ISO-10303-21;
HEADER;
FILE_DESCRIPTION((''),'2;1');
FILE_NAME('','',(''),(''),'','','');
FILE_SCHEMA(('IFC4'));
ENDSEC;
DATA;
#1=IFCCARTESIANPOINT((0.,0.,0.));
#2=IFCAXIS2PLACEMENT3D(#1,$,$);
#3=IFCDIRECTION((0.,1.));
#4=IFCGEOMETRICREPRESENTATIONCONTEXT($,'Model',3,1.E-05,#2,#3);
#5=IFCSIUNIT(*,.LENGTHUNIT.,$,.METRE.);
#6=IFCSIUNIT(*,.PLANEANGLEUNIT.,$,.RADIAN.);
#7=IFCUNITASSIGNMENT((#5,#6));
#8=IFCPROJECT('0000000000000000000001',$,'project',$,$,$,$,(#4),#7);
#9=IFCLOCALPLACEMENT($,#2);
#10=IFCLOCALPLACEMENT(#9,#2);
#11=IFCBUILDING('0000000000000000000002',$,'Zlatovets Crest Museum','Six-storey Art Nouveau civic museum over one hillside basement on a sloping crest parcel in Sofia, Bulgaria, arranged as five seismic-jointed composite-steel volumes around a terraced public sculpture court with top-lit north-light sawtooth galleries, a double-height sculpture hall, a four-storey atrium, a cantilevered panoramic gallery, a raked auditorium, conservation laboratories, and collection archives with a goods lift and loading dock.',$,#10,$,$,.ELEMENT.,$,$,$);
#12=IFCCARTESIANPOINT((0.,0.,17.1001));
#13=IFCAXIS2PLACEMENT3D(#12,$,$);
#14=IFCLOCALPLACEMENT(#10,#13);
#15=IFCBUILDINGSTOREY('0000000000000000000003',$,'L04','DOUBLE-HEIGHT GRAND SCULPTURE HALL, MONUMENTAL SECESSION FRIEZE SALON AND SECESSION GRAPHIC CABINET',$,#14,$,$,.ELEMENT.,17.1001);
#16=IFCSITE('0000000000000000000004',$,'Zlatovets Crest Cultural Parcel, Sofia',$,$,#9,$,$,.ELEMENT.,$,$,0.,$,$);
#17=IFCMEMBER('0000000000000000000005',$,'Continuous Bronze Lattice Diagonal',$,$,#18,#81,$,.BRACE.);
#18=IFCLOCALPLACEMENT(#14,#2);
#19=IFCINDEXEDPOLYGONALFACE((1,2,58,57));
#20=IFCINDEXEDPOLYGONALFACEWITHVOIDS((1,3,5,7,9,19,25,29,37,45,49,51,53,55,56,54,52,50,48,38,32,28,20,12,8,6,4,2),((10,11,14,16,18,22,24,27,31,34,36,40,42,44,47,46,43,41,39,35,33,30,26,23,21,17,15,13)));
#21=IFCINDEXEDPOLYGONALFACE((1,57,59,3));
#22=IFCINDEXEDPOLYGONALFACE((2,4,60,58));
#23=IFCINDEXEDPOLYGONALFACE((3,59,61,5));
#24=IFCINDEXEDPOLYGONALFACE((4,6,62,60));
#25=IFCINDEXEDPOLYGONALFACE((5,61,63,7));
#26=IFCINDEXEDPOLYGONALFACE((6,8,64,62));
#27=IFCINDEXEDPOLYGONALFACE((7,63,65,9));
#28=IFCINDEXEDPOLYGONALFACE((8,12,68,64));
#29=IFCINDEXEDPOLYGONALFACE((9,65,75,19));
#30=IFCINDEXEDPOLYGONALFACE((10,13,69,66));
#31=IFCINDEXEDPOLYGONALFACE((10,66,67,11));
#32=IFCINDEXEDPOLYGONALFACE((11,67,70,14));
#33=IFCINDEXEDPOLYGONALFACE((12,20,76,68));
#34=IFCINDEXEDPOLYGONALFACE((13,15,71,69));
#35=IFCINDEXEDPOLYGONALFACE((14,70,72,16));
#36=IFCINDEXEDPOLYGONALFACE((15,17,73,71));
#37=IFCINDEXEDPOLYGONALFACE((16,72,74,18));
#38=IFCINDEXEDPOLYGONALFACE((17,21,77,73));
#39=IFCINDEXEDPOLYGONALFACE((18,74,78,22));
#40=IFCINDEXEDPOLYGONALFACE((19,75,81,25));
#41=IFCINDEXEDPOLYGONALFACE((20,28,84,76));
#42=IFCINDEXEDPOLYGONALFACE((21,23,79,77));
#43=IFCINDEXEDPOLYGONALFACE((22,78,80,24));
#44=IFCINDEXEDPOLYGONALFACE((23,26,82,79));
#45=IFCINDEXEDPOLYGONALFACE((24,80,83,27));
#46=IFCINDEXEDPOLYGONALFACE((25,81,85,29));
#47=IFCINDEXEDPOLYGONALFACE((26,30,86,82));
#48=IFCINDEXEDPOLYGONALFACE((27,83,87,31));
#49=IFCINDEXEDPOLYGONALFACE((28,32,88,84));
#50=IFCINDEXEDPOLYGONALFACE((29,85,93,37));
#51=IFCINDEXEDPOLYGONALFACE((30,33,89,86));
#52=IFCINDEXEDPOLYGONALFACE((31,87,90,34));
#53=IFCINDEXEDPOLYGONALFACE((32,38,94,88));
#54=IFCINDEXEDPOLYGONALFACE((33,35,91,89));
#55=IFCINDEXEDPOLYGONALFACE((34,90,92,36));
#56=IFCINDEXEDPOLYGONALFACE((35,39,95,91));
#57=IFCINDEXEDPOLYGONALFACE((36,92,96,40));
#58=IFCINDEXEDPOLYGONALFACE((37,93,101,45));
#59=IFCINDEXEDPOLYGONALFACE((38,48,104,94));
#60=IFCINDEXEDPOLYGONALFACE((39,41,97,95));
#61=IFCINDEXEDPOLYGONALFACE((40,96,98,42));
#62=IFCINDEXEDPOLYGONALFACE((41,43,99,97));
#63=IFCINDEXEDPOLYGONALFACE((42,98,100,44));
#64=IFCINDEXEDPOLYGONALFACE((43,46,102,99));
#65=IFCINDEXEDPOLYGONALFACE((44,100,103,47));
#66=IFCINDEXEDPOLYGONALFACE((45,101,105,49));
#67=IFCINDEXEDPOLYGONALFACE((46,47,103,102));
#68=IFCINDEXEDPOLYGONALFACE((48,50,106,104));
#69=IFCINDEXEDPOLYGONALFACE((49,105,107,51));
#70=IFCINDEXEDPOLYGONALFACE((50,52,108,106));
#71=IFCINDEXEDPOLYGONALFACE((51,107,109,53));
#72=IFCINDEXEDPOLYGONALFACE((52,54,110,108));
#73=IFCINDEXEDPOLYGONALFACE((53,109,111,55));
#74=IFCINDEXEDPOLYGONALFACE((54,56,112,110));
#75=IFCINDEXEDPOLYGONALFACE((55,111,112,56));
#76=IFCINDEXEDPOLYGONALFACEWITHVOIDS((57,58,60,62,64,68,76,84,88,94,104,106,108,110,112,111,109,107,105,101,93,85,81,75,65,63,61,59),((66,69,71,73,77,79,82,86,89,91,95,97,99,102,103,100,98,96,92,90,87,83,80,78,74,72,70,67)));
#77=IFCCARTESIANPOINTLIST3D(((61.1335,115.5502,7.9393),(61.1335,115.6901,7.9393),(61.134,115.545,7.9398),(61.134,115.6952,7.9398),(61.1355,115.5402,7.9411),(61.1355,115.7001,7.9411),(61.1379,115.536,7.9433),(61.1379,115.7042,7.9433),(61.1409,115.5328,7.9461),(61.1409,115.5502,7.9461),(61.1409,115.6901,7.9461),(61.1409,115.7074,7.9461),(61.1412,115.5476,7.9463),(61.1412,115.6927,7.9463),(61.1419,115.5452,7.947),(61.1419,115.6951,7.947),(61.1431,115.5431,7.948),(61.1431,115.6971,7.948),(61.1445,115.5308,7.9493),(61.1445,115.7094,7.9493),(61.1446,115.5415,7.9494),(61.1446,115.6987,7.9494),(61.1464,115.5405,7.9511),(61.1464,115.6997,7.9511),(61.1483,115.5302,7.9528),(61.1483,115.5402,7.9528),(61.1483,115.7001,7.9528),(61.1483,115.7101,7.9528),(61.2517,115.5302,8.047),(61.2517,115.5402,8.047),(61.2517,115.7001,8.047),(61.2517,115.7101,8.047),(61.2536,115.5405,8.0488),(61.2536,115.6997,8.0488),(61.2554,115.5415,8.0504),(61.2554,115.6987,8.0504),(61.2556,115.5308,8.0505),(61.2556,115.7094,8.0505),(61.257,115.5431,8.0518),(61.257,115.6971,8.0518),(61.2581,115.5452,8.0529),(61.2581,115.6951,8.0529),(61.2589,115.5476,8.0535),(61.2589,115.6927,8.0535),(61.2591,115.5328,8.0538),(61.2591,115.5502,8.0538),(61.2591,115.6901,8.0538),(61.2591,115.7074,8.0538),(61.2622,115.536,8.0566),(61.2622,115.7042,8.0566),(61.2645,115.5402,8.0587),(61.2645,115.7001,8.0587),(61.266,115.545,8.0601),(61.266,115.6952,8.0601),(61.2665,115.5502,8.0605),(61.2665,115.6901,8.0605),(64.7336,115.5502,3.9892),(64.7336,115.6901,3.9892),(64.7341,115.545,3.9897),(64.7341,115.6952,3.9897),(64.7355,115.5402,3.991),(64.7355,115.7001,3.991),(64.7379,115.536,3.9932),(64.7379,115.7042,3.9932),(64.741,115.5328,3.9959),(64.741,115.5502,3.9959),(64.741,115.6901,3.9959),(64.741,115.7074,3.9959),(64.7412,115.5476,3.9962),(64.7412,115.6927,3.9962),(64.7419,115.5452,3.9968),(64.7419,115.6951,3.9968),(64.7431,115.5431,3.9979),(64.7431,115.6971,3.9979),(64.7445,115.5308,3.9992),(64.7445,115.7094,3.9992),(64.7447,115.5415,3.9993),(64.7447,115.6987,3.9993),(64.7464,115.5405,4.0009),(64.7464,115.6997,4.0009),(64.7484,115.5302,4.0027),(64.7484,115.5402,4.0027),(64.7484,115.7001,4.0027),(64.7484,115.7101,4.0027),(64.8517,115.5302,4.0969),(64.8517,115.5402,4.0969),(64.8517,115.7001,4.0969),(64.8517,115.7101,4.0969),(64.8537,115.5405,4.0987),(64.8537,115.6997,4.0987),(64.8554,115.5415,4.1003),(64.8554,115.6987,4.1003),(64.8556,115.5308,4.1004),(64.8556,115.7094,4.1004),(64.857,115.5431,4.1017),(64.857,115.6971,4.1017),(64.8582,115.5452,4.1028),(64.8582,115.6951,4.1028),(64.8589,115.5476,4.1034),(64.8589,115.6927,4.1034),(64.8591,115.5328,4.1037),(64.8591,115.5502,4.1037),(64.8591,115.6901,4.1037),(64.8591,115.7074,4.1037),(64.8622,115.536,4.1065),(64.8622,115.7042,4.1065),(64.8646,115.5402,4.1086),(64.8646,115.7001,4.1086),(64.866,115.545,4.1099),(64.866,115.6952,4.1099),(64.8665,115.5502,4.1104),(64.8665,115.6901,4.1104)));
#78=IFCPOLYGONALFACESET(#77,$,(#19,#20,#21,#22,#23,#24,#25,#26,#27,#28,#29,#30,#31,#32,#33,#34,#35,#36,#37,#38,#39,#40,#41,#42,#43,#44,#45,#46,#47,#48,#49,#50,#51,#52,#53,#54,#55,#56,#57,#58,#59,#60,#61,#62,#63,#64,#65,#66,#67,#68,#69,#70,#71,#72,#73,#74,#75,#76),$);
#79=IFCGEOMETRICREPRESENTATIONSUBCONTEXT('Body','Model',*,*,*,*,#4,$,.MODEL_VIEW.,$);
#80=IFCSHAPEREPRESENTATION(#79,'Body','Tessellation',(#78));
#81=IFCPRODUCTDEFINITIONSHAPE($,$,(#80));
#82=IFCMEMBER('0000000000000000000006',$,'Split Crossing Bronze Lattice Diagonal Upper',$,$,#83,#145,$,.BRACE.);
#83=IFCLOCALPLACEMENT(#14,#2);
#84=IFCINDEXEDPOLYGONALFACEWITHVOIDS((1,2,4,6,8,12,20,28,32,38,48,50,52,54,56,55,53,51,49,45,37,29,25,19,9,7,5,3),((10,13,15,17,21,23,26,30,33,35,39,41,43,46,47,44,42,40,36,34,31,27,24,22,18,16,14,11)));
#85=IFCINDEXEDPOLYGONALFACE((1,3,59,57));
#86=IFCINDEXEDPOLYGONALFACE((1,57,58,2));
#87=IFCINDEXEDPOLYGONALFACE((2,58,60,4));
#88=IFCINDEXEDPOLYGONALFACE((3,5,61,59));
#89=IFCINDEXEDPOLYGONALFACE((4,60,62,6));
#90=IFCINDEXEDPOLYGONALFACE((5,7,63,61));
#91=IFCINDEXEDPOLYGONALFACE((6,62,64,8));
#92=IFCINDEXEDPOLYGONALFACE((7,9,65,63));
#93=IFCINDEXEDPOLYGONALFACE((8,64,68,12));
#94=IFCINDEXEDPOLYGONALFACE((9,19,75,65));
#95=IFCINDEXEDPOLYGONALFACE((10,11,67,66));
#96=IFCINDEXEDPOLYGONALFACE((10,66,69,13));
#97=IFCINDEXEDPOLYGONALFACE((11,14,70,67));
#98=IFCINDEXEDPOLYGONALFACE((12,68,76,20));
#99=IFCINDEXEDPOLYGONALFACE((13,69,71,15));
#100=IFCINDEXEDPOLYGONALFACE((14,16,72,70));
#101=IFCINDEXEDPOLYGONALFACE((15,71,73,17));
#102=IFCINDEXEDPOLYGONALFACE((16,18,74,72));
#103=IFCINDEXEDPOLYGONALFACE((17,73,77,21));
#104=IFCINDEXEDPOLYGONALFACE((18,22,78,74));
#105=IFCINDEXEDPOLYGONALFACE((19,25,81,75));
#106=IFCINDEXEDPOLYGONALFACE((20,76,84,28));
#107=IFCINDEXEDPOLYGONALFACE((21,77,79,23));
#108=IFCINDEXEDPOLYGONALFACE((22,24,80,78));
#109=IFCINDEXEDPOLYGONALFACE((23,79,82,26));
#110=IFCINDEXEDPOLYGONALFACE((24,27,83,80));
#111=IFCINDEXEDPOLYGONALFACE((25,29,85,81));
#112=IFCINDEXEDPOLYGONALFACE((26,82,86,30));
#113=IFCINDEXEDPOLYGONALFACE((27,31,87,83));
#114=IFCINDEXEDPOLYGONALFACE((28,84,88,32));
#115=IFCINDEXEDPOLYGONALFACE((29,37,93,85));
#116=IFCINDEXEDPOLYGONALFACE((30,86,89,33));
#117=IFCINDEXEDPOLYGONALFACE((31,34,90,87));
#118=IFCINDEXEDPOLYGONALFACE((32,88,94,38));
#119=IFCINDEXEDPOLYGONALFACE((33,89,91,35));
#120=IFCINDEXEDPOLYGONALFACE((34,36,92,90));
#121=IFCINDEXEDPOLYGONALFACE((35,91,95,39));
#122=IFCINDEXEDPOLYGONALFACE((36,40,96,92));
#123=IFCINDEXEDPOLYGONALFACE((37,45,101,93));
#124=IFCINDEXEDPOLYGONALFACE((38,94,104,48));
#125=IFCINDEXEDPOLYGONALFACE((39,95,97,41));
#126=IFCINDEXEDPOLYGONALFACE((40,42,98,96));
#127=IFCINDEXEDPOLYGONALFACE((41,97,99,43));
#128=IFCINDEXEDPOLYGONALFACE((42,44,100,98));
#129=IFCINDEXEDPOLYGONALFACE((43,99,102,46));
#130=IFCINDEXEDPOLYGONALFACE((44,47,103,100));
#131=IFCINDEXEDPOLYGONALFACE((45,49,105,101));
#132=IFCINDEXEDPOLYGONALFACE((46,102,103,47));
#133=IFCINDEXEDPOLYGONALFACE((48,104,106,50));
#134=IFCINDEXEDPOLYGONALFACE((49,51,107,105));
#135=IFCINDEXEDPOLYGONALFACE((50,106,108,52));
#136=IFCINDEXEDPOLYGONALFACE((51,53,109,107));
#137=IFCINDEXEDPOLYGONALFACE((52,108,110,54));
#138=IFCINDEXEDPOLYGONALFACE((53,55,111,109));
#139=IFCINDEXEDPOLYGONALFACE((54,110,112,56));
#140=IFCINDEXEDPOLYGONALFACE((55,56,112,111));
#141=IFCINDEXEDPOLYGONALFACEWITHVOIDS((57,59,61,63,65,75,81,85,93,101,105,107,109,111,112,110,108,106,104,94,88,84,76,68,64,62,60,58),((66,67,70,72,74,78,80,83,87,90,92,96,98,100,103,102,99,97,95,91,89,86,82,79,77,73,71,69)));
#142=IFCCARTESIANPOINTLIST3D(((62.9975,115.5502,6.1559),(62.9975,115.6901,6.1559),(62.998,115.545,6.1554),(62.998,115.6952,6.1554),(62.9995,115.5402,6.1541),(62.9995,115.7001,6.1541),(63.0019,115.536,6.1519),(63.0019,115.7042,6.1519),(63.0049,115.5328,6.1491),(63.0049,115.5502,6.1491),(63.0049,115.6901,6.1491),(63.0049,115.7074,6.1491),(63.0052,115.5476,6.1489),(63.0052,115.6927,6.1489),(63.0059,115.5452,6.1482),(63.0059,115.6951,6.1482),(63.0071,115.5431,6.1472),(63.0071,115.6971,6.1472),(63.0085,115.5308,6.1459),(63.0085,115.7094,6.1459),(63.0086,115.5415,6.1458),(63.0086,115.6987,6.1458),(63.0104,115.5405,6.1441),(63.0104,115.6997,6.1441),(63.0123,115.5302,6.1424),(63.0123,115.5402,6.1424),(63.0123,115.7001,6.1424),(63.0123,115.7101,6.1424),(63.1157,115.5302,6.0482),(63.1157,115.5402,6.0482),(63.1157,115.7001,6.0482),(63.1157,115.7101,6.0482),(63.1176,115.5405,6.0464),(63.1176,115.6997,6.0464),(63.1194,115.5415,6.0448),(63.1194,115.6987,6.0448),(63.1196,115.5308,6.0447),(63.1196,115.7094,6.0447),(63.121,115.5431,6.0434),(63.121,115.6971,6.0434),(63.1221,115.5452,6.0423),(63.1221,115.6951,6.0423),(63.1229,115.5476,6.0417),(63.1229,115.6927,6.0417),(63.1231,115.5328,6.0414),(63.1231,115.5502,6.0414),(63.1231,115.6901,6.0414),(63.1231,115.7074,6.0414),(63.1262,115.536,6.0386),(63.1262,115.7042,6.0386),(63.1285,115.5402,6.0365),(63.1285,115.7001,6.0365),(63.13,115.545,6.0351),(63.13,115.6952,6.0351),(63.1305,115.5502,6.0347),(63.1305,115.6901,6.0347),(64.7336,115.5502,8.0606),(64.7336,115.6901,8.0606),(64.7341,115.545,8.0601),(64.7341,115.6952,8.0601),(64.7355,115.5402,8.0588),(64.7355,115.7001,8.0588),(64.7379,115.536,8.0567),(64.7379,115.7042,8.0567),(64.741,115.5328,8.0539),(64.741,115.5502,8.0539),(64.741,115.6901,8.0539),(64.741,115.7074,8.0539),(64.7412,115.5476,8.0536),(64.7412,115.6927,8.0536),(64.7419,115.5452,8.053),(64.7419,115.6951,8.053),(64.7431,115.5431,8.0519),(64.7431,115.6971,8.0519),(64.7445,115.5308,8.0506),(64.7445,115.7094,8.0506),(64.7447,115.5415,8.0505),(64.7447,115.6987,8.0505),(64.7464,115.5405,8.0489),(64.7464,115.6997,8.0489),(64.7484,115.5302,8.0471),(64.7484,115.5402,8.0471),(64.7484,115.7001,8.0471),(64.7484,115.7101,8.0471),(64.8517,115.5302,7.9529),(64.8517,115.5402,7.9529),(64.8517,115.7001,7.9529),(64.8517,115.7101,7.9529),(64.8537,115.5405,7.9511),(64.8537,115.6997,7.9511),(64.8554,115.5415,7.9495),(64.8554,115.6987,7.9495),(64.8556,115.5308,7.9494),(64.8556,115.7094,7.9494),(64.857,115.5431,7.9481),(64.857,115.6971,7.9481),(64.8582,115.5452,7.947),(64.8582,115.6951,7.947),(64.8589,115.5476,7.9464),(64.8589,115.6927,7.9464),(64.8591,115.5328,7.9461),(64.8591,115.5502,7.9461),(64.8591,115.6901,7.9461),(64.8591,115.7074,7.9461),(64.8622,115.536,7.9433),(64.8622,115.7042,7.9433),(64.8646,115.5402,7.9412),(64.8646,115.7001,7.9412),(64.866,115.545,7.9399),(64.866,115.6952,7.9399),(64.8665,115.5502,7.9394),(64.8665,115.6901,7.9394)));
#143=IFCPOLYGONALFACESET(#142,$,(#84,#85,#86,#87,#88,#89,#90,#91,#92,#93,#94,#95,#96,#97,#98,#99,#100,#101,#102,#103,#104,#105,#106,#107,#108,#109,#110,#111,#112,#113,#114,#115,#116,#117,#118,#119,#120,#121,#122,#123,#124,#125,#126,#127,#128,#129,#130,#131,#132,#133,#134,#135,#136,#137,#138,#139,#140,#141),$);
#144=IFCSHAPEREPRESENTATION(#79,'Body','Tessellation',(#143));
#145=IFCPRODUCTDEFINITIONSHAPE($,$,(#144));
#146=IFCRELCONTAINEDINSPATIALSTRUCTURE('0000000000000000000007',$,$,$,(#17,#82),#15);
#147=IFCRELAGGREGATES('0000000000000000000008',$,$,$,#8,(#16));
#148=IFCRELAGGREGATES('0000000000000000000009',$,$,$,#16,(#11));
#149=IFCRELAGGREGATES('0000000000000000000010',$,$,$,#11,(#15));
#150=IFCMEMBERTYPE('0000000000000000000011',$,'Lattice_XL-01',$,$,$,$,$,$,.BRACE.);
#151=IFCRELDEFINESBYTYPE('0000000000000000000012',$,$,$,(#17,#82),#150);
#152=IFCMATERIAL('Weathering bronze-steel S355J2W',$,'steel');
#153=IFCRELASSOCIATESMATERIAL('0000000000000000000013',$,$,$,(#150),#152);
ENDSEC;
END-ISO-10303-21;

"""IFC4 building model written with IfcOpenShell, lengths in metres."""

from ifc_helpers import new_model, si_unit, direction, frame, origin, origin_2d, place, context, subcontext, project, spatial, hollow_rectangle, extrude, material, material_profile, profile_set, type_object, element, save


model = new_model("IFC4")

# Units and contexts
model_context = context("Model", 3, precision=1e-05, world=origin(), true_north=direction((0.0, 1.0)))
body_context = subcontext(model_context, "Body", "Model", "MODEL_VIEW")
ifc_project = project(units=[si_unit("LENGTHUNIT", "METRE"), si_unit("PLANEANGLEUNIT", "RADIAN")], contexts=[model_context])

# Site, building, storey
site_placement = place(None, origin())
site = spatial("IfcSite", under=ifc_project, at=site_placement, Name="Zlatovets Crest Cultural Parcel, Sofia", CompositionType="ELEMENT", RefElevation=0.0)
building_placement = place(site_placement, origin())
building = spatial("IfcBuilding", under=site, at=building_placement, Name="Zlatovets Crest Museum", Description="Six-storey Art Nouveau civic museum over one hillside basement on a sloping crest parcel in Sofia, Bulgaria, arranged as five seismic-jointed composite-steel volumes around a terraced public sculpture court with top-lit north-light sawtooth galleries, a double-height sculpture hall, a four-storey atrium, a cantilevered panoramic gallery, a raked auditorium, conservation laboratories, and collection archives with a goods lift and loading dock.", CompositionType="ELEMENT")
storey_placement = place(building_placement, frame((0.0, 0.0, 17.1001)))
storey = spatial("IfcBuildingStorey", under=building, at=storey_placement, Name="L04", Description="DOUBLE-HEIGHT GRAND SCULPTURE HALL, MONUMENTAL SECESSION FRIEZE SALON AND SECESSION GRAPHIC CABINET", CompositionType="ELEMENT", Elevation=17.1001)

# Members
ifc_material_1 = material(Name="Weathering bronze-steel S355J2W", Category="steel")
ifc_material_profile_1 = material_profile(ifc_material_1, hollow_rectangle(XDim=0.1799, YDim=0.1799, WallThickness=0.01, InnerFilletRadius=0.01, OuterFilletRadius=0.02, at=origin_2d()), Name="SHS 180x180x10.0")
ifc_profile_set_1 = profile_set([ifc_material_profile_1], Name="Weathering bronze-steel S355J2W")
member_type_1 = type_object("IfcMemberType", Name="Lattice_XL-01", PredefinedType="BRACE", material=ifc_profile_set_1)
member_1_placement = place(storey_placement, frame((64.8, 115.6201, 4.0498), z_axis=(-0.673595, 0.0, 0.7391), x_axis=(0.0, -1.0, 0.0)))
element("IfcMember", 1, at=member_1_placement, inside=storey, type_object=member_type_1, Name="Continuous Bronze Lattice Diagonal", PredefinedType="BRACE", context=body_context, shape_type="SweptSolid", body=[
    extrude(hollow_rectangle(XDim=0.1799, YDim=0.1799, WallThickness=0.01, InnerFilletRadius=0.01, OuterFilletRadius=0.02, at=origin_2d()), origin(), (0.0, 0.0, 1.0), 5.3445),
])
member_2_placement = place(storey_placement, frame((64.8, 115.6201, 8.0), z_axis=(-0.67362, 0.0, -0.739078), x_axis=(0.0, -1.0, 0.0)))
element("IfcMember", 2, at=member_2_placement, inside=storey, type_object=member_type_1, Name="Split Crossing Bronze Lattice Diagonal Upper", PredefinedType="BRACE", context=body_context, shape_type="SweptSolid", body=[
    extrude(hollow_rectangle(XDim=0.1799, YDim=0.1799, WallThickness=0.01, InnerFilletRadius=0.01, OuterFilletRadius=0.02, at=origin_2d()), origin(), (0.0, 0.0, 1.0), 2.5771),
])

save(model, "model.ifc")
